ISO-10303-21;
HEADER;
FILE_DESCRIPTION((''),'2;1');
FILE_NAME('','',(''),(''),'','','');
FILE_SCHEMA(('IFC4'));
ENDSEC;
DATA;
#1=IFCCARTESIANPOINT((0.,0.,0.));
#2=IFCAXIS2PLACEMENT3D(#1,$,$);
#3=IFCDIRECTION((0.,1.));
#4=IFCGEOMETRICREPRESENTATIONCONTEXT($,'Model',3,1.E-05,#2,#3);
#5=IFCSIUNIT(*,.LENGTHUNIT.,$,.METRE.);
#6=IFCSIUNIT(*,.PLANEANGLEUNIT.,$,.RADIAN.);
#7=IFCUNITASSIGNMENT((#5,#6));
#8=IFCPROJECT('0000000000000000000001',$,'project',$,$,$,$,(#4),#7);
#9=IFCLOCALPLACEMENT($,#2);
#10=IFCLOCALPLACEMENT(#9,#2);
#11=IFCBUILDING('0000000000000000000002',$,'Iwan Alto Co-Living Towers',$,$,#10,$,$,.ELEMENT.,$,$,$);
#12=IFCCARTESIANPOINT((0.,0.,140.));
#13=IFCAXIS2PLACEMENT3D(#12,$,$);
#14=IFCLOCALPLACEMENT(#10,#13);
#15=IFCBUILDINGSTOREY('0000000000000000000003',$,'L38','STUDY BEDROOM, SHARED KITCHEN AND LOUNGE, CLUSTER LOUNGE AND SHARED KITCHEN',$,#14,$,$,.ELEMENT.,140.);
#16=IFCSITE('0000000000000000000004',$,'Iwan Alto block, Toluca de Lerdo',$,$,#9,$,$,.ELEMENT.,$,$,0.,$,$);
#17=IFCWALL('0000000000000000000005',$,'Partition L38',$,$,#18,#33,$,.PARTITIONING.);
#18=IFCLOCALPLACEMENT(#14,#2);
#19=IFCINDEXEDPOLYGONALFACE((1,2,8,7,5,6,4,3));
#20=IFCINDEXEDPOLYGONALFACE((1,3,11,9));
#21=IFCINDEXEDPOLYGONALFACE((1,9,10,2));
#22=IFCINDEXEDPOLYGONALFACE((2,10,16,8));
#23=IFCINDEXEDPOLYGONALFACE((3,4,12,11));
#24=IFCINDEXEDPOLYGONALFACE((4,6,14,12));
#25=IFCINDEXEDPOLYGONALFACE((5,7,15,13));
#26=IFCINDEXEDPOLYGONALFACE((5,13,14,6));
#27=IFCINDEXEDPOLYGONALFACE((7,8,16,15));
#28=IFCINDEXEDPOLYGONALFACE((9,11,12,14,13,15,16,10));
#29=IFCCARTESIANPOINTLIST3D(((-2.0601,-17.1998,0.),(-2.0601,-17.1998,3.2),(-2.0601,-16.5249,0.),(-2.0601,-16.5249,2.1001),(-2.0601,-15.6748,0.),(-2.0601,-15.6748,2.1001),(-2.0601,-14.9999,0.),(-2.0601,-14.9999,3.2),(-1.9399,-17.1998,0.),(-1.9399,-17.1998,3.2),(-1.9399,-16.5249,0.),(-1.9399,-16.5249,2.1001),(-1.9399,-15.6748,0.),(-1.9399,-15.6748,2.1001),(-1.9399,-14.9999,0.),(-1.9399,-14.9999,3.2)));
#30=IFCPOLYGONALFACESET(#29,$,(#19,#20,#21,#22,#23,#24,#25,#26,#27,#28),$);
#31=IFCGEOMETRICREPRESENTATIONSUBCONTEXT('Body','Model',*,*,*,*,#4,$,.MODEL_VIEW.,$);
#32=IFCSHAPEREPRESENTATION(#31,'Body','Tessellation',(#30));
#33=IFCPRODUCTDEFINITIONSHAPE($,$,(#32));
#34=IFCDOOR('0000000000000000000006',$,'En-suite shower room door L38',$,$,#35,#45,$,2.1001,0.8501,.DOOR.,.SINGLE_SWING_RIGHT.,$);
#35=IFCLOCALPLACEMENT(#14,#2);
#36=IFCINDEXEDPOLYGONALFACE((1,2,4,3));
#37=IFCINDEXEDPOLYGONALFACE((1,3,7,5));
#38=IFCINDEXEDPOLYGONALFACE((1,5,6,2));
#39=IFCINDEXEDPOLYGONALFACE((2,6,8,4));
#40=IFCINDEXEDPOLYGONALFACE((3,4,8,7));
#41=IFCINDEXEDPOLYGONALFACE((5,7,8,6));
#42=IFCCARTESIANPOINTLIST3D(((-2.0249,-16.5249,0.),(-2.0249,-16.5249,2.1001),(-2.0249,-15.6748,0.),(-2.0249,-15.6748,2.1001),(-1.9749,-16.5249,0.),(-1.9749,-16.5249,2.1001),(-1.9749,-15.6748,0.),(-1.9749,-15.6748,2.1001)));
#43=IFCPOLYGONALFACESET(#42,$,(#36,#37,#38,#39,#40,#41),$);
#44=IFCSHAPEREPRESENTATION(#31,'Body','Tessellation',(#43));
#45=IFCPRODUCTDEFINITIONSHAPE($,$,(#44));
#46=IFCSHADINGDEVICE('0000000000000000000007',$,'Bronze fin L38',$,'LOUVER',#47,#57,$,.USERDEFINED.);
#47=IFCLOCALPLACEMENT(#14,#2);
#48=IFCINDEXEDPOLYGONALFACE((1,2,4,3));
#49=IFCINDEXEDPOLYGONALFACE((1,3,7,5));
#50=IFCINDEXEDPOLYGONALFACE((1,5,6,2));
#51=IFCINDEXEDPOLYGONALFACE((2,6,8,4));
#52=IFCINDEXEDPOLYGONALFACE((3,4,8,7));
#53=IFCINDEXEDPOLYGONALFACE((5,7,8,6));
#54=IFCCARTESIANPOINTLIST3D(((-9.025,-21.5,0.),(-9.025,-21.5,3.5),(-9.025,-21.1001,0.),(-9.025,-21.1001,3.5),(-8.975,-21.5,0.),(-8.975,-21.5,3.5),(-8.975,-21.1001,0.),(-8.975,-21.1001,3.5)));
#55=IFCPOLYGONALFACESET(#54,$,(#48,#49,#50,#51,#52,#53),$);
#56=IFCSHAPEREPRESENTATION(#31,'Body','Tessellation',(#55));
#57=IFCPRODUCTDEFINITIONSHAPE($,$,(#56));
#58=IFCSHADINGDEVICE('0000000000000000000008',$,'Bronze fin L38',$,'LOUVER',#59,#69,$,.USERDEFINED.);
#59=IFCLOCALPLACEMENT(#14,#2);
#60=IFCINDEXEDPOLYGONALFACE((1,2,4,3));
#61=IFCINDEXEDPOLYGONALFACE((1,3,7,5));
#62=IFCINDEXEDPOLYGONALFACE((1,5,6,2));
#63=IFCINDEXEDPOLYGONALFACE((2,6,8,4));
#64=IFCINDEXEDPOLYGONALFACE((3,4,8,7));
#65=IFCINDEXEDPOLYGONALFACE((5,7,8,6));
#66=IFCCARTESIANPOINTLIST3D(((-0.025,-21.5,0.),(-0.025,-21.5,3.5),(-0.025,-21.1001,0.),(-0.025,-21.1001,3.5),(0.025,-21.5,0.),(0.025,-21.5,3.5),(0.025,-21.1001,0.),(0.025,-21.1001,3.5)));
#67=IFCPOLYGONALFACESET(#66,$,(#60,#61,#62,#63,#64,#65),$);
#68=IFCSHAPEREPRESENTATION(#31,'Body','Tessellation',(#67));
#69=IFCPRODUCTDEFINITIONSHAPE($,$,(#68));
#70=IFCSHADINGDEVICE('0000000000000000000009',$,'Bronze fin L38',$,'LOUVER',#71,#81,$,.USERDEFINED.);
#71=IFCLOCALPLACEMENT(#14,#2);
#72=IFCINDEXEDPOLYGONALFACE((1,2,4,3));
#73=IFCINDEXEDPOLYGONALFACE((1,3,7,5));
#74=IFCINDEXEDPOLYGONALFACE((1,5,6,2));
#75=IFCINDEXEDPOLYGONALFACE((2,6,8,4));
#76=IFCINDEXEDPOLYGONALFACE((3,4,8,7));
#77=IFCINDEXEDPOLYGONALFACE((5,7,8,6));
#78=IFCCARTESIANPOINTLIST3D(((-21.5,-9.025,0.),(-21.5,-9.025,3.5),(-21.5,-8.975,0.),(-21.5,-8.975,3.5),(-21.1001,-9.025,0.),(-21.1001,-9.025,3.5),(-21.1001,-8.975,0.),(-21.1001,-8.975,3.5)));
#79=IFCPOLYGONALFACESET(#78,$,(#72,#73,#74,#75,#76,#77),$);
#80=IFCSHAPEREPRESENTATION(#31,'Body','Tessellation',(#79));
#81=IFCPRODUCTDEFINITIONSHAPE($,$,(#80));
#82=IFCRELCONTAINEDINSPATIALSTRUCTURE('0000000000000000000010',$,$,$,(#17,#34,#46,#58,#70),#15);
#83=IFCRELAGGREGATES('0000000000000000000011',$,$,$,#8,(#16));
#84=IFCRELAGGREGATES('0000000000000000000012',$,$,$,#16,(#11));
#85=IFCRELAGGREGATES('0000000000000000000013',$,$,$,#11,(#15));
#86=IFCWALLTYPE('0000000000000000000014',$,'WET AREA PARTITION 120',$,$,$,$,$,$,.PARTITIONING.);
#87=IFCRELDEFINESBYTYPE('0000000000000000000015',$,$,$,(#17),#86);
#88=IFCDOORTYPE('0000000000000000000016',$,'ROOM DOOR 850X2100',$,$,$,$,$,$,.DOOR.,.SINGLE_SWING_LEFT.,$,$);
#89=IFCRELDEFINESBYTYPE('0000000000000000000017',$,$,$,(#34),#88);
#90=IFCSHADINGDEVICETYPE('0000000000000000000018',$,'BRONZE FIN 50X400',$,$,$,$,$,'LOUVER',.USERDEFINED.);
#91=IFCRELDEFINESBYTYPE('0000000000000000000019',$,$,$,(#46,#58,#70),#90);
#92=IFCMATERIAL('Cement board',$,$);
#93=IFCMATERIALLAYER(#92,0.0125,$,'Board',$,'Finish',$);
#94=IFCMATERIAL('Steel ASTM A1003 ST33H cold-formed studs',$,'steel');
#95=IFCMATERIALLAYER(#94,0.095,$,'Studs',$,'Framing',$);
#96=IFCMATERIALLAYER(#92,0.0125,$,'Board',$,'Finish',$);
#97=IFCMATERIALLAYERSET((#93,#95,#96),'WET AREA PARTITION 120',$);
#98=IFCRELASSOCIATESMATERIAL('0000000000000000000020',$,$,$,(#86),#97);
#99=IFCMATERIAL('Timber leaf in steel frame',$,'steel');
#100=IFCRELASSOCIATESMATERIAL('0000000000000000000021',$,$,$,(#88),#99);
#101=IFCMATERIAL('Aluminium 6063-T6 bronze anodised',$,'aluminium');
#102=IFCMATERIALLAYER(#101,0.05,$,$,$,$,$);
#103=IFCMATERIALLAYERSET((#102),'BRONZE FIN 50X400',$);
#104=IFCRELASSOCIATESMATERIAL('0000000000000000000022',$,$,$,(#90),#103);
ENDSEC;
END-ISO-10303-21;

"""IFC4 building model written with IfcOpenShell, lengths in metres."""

from ifc_helpers import new_model, si_unit, direction, frame, frame_2d, origin, origin_2d, place, context, subcontext, project, spatial, rectangle, extrude, material, layer, layer_set, type_object, element, fill, save


model = new_model("IFC4")

# Units and contexts
model_context = context("Model", 3, precision=1e-05, world=origin(), true_north=direction((0.0, 1.0)))
body_context = subcontext(model_context, "Body", "Model", "MODEL_VIEW")
ifc_project = project(units=[si_unit("LENGTHUNIT", "METRE"), si_unit("PLANEANGLEUNIT", "RADIAN")], contexts=[model_context])

# Site, building, storey
site_placement = place(None, origin())
site = spatial("IfcSite", under=ifc_project, at=site_placement, Name="Iwan Alto block, Toluca de Lerdo", CompositionType="ELEMENT", RefElevation=0.0)
building_placement = place(site_placement, origin())
building = spatial("IfcBuilding", under=site, at=building_placement, Name="Iwan Alto Co-Living Towers", CompositionType="ELEMENT")
storey_placement = place(building_placement, frame((0.0, 0.0, 140.0)))
storey = spatial("IfcBuildingStorey", under=building, at=storey_placement, Name="L38", Description="STUDY BEDROOM, SHARED KITCHEN AND LOUNGE, CLUSTER LOUNGE AND SHARED KITCHEN", CompositionType="ELEMENT", Elevation=140.0)

# Shared definitions
ifc_material_1 = material(Name="Steel ASTM A1003 ST33H cold-formed studs", Category="steel")

# Shared definitions
ifc_material_2 = material(Name="Cement board")
ifc_layer_1 = layer(ifc_material_2, 0.0125, Name="Board", Category="Finish")
ifc_layer_2 = layer(ifc_material_1, 0.095, Name="Studs", Category="Framing")
ifc_layer_3 = layer(ifc_material_2, 0.0125, Name="Board", Category="Finish")
ifc_layer_set_1 = layer_set([ifc_layer_1, ifc_layer_2, ifc_layer_3], Name="WET AREA PARTITION 120")
wall_type_1 = type_object("IfcWallType", Name="WET AREA PARTITION 120", PredefinedType="PARTITIONING", material=ifc_layer_set_1)

# Wall, opening, door
wall_1_placement = place(storey_placement, frame((-2.0, -17.2, 0.0), z_axis=(0.0, 0.0, 1.0), x_axis=(0.0, 1.0, 0.0)))
wall_1 = element("IfcWall", 1, at=wall_1_placement, inside=storey, type_object=wall_type_1, Name="Partition L38", PredefinedType="PARTITIONING", context=body_context, shape_type="SweptSolid", body=[
    extrude(rectangle(XDim=2.2, YDim=0.1201, at=frame_2d((1.1001, 0.0))), origin(), (0.0, 0.0, 1.0), 3.2),
])
opening_1_placement = place(wall_1_placement, frame((0.675, 0.0, 0.0)))
opening_1 = element("IfcOpeningElement", 2, at=opening_1_placement, cuts=wall_1, PredefinedType="OPENING", context=body_context, shape_type="SweptSolid", body=[
    extrude(rectangle(XDim=0.8501, YDim=2.1001, at=frame_2d((0.425, 1.05))), frame((0.0, 0.0701, 0.0), z_axis=(0.0, -1.0, 0.0), x_axis=(1.0, 0.0, 0.0)), (0.0, 0.0, 1.0), 0.1401),
])
ifc_material_3 = material(Name="Timber leaf in steel frame", Category="steel")
door_type_1 = type_object("IfcDoorType", Name="ROOM DOOR 850X2100", OperationType="SINGLE_SWING_LEFT", PredefinedType="DOOR", material=ifc_material_3)
door_1_placement = place(opening_1_placement, origin())
door_1 = element("IfcDoor", 3, at=door_1_placement, inside=storey, type_object=door_type_1, Name="En-suite shower room door L38", OperationType="SINGLE_SWING_RIGHT", OverallHeight=2.1001, OverallWidth=0.8501, PredefinedType="DOOR", context=body_context, shape_type="SweptSolid", body=[
    extrude(rectangle(XDim=0.8501, YDim=2.1001, at=frame_2d((0.425, 1.05))), frame((0.0, 0.0249, 0.0), z_axis=(0.0, -1.0, 0.0), x_axis=(1.0, 0.0, 0.0)), (0.0, 0.0, 1.0), 0.05),
])
fill(opening_1, door_1)

# Shading devices
ifc_material_4 = material(Name="Aluminium 6063-T6 bronze anodised", Category="aluminium")
ifc_layer_4 = layer(ifc_material_4, 0.05)
ifc_layer_set_2 = layer_set([ifc_layer_4], Name="BRONZE FIN 50X400")
shading_device_type = type_object("IfcShadingDeviceType", Name="BRONZE FIN 50X400", ElementType="LOUVER", PredefinedType="USERDEFINED", material=ifc_layer_set_2)
for number, where, z_axis, x_axis, name in (
    (4, (-9.0, -21.3, 0.0), (0.0, 0.0, 1.0), (1.0, 0.0, 0.0), "Bronze fin L38"),
    (5, (0.0, -21.3, 0.0), (0.0, 0.0, 1.0), (1.0, 0.0, 0.0), "Bronze fin L38"),
    (6, (-21.3, -9.0, 0.0), (0.0, 0.0, 1.0), (0.0, -1.0, 0.0), "Bronze fin L38"),
):
    element("IfcShadingDevice", number, at=place(storey_placement, frame(where, z_axis=z_axis, x_axis=x_axis)), inside=storey, type_object=shading_device_type, Name=name, ObjectType="LOUVER", PredefinedType="USERDEFINED", context=body_context, shape_type="SweptSolid", body=[
        extrude(rectangle(XDim=0.05, YDim=0.3999, at=origin_2d()), origin(), (0.0, 0.0, 1.0), 3.5),
    ])

save(model, "model.ifc")
